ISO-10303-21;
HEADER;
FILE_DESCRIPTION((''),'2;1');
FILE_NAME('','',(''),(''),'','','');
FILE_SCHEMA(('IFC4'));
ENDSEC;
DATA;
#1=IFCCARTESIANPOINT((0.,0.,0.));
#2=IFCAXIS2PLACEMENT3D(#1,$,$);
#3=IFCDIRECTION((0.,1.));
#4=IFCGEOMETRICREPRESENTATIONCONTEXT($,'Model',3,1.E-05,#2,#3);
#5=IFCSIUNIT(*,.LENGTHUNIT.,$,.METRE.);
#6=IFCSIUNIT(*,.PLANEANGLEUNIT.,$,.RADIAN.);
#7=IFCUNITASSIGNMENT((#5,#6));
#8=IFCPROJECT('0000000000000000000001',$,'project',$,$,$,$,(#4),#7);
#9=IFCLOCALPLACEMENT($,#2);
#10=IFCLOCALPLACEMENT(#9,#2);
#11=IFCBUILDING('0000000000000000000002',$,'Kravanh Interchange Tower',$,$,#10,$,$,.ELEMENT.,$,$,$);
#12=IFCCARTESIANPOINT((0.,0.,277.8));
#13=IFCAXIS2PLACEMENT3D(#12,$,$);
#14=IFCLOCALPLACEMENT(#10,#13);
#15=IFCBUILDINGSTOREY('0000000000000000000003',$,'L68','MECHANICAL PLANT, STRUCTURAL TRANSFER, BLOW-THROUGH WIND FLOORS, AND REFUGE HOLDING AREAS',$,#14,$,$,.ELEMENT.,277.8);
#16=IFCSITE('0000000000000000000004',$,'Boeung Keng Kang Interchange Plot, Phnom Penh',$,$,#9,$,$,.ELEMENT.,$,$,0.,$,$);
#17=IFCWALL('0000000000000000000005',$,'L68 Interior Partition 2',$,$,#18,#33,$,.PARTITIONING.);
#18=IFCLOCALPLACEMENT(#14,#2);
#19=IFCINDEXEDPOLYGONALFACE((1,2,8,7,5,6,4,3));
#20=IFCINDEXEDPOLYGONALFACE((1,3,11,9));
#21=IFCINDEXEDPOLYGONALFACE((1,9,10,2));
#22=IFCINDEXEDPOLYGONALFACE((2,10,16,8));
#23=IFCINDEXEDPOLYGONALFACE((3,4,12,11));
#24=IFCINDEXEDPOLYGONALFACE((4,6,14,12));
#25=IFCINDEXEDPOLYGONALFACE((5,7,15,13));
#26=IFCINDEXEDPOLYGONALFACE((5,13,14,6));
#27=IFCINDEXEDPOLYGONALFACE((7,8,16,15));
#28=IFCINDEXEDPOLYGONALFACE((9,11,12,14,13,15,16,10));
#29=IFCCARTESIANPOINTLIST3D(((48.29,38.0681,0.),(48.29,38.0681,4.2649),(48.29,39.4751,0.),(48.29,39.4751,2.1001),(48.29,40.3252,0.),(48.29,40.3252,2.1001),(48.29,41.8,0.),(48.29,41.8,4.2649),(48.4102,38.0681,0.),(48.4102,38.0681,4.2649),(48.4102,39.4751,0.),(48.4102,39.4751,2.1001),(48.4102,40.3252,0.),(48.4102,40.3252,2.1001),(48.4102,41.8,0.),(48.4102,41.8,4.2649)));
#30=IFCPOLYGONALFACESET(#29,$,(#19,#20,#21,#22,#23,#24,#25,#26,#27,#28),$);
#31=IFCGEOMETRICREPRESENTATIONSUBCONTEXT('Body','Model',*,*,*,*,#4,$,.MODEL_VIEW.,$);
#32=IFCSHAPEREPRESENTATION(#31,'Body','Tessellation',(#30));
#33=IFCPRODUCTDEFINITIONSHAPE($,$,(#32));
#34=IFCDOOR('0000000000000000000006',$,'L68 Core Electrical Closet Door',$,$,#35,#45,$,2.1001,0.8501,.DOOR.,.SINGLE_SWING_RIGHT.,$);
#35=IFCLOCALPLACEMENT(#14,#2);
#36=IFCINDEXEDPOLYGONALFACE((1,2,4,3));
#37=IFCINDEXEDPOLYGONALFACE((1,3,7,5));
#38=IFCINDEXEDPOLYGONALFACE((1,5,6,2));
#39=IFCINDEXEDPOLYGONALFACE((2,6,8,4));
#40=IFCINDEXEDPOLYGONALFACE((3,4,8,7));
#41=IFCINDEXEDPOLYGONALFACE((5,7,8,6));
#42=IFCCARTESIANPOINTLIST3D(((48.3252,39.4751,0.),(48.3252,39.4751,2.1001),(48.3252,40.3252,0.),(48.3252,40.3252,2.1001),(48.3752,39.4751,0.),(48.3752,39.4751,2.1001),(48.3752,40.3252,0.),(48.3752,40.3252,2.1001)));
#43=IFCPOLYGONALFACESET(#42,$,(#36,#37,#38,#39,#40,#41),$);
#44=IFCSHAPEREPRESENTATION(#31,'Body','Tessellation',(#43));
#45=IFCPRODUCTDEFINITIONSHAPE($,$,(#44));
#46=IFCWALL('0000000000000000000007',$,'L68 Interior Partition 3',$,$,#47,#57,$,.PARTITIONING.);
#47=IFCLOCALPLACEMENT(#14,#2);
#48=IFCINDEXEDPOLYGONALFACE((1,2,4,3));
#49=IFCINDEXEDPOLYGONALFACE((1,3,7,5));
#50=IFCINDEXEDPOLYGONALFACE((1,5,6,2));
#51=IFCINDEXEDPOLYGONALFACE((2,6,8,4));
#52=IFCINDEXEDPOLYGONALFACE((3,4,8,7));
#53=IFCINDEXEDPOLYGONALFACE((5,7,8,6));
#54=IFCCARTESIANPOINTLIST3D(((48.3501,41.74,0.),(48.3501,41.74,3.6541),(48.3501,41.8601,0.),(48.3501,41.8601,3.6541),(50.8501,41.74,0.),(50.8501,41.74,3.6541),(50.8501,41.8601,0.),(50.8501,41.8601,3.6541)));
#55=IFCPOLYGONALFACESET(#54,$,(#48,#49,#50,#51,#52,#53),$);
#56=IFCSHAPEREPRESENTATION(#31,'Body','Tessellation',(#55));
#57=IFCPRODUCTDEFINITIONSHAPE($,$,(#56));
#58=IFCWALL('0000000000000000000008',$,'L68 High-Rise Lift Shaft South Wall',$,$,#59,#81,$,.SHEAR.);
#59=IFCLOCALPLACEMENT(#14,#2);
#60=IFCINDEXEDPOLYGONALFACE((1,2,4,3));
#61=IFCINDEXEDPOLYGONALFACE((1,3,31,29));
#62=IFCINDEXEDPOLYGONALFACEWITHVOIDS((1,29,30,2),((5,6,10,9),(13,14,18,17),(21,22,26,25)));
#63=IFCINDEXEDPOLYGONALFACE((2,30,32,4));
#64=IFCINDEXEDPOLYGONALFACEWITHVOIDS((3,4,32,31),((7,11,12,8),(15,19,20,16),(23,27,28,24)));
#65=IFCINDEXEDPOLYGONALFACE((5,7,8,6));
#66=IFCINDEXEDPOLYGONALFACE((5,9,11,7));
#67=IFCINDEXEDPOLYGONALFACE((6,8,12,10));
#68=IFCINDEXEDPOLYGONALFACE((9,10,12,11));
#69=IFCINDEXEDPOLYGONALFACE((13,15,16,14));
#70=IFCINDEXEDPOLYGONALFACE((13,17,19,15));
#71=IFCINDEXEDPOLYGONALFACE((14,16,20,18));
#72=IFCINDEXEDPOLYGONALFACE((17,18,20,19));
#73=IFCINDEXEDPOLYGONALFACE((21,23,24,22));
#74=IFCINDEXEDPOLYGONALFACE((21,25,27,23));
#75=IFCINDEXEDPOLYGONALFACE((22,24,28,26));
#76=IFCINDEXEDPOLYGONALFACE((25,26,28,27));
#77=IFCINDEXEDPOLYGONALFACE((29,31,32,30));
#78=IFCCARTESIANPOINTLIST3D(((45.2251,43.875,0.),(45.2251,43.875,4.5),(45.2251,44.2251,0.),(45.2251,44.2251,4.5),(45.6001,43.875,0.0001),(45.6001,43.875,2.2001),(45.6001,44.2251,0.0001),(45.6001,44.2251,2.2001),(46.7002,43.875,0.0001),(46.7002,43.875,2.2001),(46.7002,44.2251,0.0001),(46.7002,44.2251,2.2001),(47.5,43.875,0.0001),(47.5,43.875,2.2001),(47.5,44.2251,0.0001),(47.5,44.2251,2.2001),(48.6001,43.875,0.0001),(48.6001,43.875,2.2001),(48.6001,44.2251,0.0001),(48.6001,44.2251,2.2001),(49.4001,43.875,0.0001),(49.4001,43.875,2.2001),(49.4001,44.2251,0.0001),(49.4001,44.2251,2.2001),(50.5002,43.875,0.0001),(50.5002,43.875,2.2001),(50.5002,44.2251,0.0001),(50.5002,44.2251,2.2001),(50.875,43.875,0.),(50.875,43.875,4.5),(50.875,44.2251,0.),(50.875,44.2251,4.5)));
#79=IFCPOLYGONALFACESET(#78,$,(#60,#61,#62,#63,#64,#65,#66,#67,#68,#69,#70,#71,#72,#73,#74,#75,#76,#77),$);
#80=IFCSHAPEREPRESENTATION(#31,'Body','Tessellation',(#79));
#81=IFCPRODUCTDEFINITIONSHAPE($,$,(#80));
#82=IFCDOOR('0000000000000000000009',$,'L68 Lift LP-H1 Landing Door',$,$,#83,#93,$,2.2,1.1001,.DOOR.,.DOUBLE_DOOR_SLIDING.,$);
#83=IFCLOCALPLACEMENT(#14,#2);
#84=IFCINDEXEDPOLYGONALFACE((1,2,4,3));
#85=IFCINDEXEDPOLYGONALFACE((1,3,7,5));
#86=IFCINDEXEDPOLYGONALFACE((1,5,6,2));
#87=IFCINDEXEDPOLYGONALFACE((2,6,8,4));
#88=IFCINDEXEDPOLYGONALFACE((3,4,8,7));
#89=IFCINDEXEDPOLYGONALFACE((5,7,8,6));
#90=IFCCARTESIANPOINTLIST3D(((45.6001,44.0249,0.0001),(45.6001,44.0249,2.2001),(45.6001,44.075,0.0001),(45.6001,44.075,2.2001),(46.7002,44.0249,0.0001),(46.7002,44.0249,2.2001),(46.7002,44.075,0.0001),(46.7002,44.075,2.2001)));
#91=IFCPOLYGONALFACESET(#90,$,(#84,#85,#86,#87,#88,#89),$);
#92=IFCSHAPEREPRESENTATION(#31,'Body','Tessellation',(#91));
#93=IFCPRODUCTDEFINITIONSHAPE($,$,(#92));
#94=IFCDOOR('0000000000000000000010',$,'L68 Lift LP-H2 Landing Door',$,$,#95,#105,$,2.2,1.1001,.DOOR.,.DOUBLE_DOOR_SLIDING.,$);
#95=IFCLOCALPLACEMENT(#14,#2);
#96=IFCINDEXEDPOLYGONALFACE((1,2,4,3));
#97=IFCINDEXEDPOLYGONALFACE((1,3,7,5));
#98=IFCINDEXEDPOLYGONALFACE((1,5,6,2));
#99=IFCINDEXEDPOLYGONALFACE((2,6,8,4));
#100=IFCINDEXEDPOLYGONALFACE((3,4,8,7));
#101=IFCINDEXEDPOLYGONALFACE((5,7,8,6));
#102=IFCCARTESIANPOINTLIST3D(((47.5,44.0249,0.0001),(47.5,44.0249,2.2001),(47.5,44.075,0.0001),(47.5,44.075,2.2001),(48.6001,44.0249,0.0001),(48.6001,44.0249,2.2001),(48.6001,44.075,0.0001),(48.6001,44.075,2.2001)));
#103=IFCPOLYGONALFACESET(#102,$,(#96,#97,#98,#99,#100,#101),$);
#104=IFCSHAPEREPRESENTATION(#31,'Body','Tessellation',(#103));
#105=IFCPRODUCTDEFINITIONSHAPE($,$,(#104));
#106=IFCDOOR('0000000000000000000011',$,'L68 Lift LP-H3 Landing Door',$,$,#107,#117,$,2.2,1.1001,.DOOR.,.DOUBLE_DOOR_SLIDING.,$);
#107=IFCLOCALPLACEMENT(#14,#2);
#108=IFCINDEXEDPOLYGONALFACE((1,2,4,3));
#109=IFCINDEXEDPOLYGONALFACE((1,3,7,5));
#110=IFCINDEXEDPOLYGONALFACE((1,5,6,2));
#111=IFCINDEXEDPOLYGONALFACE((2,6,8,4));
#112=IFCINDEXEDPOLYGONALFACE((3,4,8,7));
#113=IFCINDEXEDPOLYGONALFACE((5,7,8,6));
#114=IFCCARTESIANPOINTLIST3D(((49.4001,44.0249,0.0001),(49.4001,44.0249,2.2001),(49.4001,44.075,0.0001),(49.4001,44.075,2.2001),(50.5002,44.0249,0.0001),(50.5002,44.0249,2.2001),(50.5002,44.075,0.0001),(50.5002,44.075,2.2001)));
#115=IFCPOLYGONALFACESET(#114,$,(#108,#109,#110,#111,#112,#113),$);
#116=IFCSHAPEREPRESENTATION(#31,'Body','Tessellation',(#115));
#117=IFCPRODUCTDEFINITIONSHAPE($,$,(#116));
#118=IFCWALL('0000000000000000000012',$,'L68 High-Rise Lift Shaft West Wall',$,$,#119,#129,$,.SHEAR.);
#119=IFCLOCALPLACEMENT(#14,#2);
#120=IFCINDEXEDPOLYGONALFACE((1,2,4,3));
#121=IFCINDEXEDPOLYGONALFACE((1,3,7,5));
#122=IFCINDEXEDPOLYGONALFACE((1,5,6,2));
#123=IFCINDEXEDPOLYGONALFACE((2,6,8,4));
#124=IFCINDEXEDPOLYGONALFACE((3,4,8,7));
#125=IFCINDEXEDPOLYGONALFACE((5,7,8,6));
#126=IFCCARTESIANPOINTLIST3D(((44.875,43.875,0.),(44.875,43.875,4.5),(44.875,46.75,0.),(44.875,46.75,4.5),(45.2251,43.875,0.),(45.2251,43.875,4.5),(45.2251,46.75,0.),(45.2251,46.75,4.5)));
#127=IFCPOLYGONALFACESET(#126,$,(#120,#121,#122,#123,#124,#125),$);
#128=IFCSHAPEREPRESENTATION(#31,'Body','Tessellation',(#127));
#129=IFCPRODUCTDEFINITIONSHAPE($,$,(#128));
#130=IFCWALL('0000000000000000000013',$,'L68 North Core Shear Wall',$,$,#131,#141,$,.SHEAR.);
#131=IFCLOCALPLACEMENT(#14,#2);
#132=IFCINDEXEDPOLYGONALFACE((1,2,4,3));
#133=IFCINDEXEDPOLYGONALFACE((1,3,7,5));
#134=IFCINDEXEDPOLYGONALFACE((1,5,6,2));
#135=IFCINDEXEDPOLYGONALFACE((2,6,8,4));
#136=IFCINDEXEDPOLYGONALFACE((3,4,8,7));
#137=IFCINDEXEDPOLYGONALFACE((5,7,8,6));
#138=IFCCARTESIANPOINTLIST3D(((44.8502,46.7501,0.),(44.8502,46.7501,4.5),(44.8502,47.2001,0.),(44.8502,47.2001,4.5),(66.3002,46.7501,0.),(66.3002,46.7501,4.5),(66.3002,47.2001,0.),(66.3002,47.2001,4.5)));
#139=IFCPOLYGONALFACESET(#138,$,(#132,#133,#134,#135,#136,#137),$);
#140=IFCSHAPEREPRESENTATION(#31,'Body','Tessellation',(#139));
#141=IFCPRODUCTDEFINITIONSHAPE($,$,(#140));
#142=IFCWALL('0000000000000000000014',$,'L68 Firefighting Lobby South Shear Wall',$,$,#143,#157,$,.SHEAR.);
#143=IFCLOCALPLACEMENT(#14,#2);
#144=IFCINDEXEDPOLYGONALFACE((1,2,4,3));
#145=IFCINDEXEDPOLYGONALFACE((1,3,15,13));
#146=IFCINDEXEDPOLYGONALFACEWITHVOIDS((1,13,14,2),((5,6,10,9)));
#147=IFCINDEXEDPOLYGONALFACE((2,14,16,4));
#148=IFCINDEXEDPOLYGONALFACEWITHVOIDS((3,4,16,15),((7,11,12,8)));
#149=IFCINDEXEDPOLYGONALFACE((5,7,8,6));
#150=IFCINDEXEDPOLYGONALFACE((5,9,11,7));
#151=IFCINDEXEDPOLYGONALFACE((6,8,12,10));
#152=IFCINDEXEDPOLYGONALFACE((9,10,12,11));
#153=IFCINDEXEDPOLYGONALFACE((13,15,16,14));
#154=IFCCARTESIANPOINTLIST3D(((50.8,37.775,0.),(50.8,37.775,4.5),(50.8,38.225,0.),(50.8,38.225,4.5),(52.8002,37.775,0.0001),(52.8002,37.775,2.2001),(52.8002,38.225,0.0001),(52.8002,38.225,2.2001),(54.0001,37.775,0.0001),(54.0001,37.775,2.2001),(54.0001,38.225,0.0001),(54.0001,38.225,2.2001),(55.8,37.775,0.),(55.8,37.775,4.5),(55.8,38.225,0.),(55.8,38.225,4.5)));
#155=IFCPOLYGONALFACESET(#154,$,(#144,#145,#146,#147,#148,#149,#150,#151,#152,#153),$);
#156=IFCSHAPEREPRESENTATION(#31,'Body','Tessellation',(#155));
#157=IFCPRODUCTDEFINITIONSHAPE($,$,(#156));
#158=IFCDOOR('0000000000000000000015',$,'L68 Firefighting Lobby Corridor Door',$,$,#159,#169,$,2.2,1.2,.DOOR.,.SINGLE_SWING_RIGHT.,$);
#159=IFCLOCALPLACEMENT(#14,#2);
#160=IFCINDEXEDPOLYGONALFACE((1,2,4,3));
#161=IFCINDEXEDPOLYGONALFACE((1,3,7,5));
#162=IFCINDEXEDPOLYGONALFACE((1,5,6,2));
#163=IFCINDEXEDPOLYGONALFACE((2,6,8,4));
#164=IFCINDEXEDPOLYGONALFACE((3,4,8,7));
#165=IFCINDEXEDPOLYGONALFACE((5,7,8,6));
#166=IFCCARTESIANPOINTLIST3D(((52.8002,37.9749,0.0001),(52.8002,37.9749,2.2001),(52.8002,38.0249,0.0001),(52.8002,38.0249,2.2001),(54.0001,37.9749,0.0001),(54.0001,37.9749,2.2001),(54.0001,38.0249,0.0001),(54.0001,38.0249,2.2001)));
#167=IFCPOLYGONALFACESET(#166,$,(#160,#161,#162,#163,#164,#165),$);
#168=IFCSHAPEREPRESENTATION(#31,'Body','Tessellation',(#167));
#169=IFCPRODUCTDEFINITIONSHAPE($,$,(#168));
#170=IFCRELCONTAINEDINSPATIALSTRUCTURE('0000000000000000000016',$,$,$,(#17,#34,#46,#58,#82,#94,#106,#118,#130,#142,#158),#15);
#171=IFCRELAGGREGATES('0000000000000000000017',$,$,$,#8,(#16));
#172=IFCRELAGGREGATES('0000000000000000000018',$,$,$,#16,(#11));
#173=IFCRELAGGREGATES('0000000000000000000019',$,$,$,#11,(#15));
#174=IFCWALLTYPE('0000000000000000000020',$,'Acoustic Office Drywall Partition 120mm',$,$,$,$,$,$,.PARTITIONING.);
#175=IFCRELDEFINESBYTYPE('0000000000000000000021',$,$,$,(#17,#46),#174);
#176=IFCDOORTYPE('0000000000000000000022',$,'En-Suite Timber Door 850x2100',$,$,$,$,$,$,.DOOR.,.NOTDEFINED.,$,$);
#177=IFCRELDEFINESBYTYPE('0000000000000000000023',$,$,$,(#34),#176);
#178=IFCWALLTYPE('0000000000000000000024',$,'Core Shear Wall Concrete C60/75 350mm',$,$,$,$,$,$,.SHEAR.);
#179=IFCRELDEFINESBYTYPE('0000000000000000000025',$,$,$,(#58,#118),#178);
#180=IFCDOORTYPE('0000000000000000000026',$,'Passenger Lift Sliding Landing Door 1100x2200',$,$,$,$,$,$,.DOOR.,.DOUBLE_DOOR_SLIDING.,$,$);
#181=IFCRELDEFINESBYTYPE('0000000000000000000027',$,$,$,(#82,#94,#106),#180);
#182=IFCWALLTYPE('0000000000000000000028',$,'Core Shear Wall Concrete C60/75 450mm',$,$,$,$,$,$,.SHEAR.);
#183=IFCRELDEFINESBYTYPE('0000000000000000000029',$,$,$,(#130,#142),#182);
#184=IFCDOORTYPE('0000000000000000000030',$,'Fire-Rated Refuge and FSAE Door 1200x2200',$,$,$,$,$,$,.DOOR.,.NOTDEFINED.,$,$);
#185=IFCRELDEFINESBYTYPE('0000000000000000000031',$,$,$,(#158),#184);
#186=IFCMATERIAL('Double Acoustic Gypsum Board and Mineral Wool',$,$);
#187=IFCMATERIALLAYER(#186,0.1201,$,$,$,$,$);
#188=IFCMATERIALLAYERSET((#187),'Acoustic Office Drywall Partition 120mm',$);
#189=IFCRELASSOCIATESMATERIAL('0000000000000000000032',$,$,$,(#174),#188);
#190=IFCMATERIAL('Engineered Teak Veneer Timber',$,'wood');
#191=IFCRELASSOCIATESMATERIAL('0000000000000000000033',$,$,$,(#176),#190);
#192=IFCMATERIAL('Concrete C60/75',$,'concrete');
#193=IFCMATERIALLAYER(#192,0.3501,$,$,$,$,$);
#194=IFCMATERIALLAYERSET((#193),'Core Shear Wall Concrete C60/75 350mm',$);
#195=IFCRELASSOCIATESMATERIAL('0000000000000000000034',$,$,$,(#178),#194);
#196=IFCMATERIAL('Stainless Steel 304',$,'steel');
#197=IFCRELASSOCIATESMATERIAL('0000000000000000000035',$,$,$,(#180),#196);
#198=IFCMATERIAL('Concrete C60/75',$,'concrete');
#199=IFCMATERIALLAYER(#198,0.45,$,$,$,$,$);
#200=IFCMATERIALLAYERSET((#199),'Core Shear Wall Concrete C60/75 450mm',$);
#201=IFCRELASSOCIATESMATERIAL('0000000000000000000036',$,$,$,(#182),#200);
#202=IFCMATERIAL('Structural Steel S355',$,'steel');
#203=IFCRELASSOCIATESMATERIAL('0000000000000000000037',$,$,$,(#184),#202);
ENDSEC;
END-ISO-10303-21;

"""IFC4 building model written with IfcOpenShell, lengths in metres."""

from ifc_helpers import new_model, si_unit, direction, frame, frame_2d, origin, place, context, subcontext, project, spatial, rectangle, extrude, material, layer, layer_set, type_object, element, fill, save


model = new_model("IFC4")

# Units and contexts
model_context = context("Model", 3, precision=1e-05, world=origin(), true_north=direction((0.0, 1.0)))
body_context = subcontext(model_context, "Body", "Model", "MODEL_VIEW")
ifc_project = project(units=[si_unit("LENGTHUNIT", "METRE"), si_unit("PLANEANGLEUNIT", "RADIAN")], contexts=[model_context])

# Site, building, storey
site_placement = place(None, origin())
site = spatial("IfcSite", under=ifc_project, at=site_placement, Name="Boeung Keng Kang Interchange Plot, Phnom Penh", CompositionType="ELEMENT", RefElevation=0.0)
building_placement = place(site_placement, origin())
building = spatial("IfcBuilding", under=site, at=building_placement, Name="Kravanh Interchange Tower", CompositionType="ELEMENT")
storey_placement = place(building_placement, frame((0.0, 0.0, 277.8)))
storey = spatial("IfcBuildingStorey", under=building, at=storey_placement, Name="L68", Description="MECHANICAL PLANT, STRUCTURAL TRANSFER, BLOW-THROUGH WIND FLOORS, AND REFUGE HOLDING AREAS", CompositionType="ELEMENT", Elevation=277.8)

# Wall, opening, door
ifc_material_1 = material(Name="Double Acoustic Gypsum Board and Mineral Wool")
ifc_layer_1 = layer(ifc_material_1, 0.1201)
ifc_layer_set_1 = layer_set([ifc_layer_1], Name="Acoustic Office Drywall Partition 120mm")
wall_type_1 = type_object("IfcWallType", Name="Acoustic Office Drywall Partition 120mm", PredefinedType="PARTITIONING", material=ifc_layer_set_1)
wall_1_placement = place(storey_placement, frame((48.3501, 38.0681, 0.0), z_axis=(0.0, 0.0, 1.0), x_axis=(0.0, 1.0, 0.0)))
wall_1 = element("IfcWall", 1, at=wall_1_placement, inside=storey, type_object=wall_type_1, Name="L68 Interior Partition 2", PredefinedType="PARTITIONING", context=body_context, shape_type="SweptSolid", body=[
    extrude(rectangle(XDim=3.7319, YDim=0.1201, at=frame_2d((1.866, 0.0))), origin(), (0.0, 0.0, 1.0), 4.2649),
])
opening_1_placement = place(wall_1_placement, frame((1.407, 0.0, 0.0)))
opening_1 = element("IfcOpeningElement", 2, at=opening_1_placement, cuts=wall_1, PredefinedType="OPENING", context=body_context, shape_type="SweptSolid", body=[
    extrude(rectangle(XDim=0.8501, YDim=2.1001, at=frame_2d((0.425, 1.05))), frame((0.0, 0.0701, 0.0), z_axis=(0.0, -1.0, 0.0), x_axis=(1.0, 0.0, 0.0)), (0.0, 0.0, 1.0), 0.1401),
])
ifc_material_2 = material(Name="Engineered Teak Veneer Timber", Category="wood")
door_type_1 = type_object("IfcDoorType", Name="En-Suite Timber Door 850x2100", OperationType="NOTDEFINED", PredefinedType="DOOR", material=ifc_material_2)
door_1_placement = place(opening_1_placement, origin())
door_1 = element("IfcDoor", 3, at=door_1_placement, inside=storey, type_object=door_type_1, Name="L68 Core Electrical Closet Door", OperationType="SINGLE_SWING_RIGHT", OverallHeight=2.1001, OverallWidth=0.8501, PredefinedType="DOOR", context=body_context, shape_type="SweptSolid", body=[
    extrude(rectangle(XDim=0.8501, YDim=2.1001, at=frame_2d((0.425, 1.05))), frame((0.0, 0.0249, 0.0), z_axis=(0.0, -1.0, 0.0), x_axis=(1.0, 0.0, 0.0)), (0.0, 0.0, 1.0), 0.05),
])
fill(opening_1, door_1)

# Wall
wall_2_placement = place(storey_placement, frame((48.3501, 41.8, 0.0), z_axis=(0.0, 0.0, 1.0), x_axis=(1.0, 0.0, 0.0)))
element("IfcWall", 4, at=wall_2_placement, inside=storey, type_object=wall_type_1, Name="L68 Interior Partition 3", PredefinedType="PARTITIONING", context=body_context, shape_type="SweptSolid", body=[
    extrude(rectangle(XDim=2.5, YDim=0.1201, at=frame_2d((1.25, 0.0))), origin(), (0.0, 0.0, 1.0), 3.6541),
])

# Wall, openings, doors
ifc_material_3 = material(Name="Concrete C60/75", Category="concrete")
ifc_layer_2 = layer(ifc_material_3, 0.3501)
ifc_layer_set_2 = layer_set([ifc_layer_2], Name="Core Shear Wall Concrete C60/75 350mm")
wall_type_2 = type_object("IfcWallType", Name="Core Shear Wall Concrete C60/75 350mm", PredefinedType="SHEAR", material=ifc_layer_set_2)
wall_3_placement = place(storey_placement, frame((45.2251, 44.05, 0.0), z_axis=(0.0, 0.0, 1.0), x_axis=(1.0, 0.0, 0.0)))
wall_3 = element("IfcWall", 5, at=wall_3_placement, inside=storey, type_object=wall_type_2, Name="L68 High-Rise Lift Shaft South Wall", PredefinedType="SHEAR", context=body_context, shape_type="SweptSolid", body=[
    extrude(rectangle(XDim=5.6499, YDim=0.3501, at=frame_2d((2.825, 0.0))), origin(), (0.0, 0.0, 1.0), 4.5),
])
opening_2_placement = place(wall_3_placement, frame((0.375, 0.0, 0.0)))
opening_2 = element("IfcOpeningElement", 6, at=opening_2_placement, cuts=wall_3, PredefinedType="OPENING", context=body_context, shape_type="SweptSolid", body=[
    extrude(rectangle(XDim=1.1001, YDim=2.2, at=frame_2d((0.55, 1.1001))), frame((0.0, 0.1851, 0.0), z_axis=(0.0, -1.0, 0.0), x_axis=(1.0, 0.0, 0.0)), (0.0, 0.0, 1.0), 0.3701),
])
opening_3_placement = place(wall_3_placement, frame((2.2749, 0.0, 0.0)))
opening_3 = element("IfcOpeningElement", 7, at=opening_3_placement, cuts=wall_3, PredefinedType="OPENING", context=body_context, shape_type="SweptSolid", body=[
    extrude(rectangle(XDim=1.1001, YDim=2.2, at=frame_2d((0.55, 1.1001))), frame((0.0, 0.1851, 0.0), z_axis=(0.0, -1.0, 0.0), x_axis=(1.0, 0.0, 0.0)), (0.0, 0.0, 1.0), 0.3701),
])
opening_4_placement = place(wall_3_placement, frame((4.175, 0.0, 0.0)))
opening_4 = element("IfcOpeningElement", 8, at=opening_4_placement, cuts=wall_3, PredefinedType="OPENING", context=body_context, shape_type="SweptSolid", body=[
    extrude(rectangle(XDim=1.1001, YDim=2.2, at=frame_2d((0.55, 1.1001))), frame((0.0, 0.1851, 0.0), z_axis=(0.0, -1.0, 0.0), x_axis=(1.0, 0.0, 0.0)), (0.0, 0.0, 1.0), 0.3701),
])
ifc_material_4 = material(Name="Stainless Steel 304", Category="steel")
door_type_2 = type_object("IfcDoorType", Name="Passenger Lift Sliding Landing Door 1100x2200", OperationType="DOUBLE_DOOR_SLIDING", PredefinedType="DOOR", material=ifc_material_4)
door_2_placement = place(opening_2_placement, origin())
door_2 = element("IfcDoor", 9, at=door_2_placement, inside=storey, type_object=door_type_2, Name="L68 Lift LP-H1 Landing Door", OperationType="DOUBLE_DOOR_SLIDING", OverallHeight=2.2, OverallWidth=1.1001, PredefinedType="DOOR", context=body_context, shape_type="SweptSolid", body=[
    extrude(rectangle(XDim=1.1001, YDim=2.2, at=frame_2d((0.55, 1.1001))), frame((0.0, 0.0249, 0.0), z_axis=(0.0, -1.0, 0.0), x_axis=(1.0, 0.0, 0.0)), (0.0, 0.0, 1.0), 0.05),
])
fill(opening_2, door_2)
door_3_placement = place(opening_3_placement, origin())
door_3 = element("IfcDoor", 10, at=door_3_placement, inside=storey, type_object=door_type_2, Name="L68 Lift LP-H2 Landing Door", OperationType="DOUBLE_DOOR_SLIDING", OverallHeight=2.2, OverallWidth=1.1001, PredefinedType="DOOR", context=body_context, shape_type="SweptSolid", body=[
    extrude(rectangle(XDim=1.1001, YDim=2.2, at=frame_2d((0.55, 1.1001))), frame((0.0, 0.0249, 0.0), z_axis=(0.0, -1.0, 0.0), x_axis=(1.0, 0.0, 0.0)), (0.0, 0.0, 1.0), 0.05),
])
fill(opening_3, door_3)
door_4_placement = place(opening_4_placement, origin())
door_4 = element("IfcDoor", 11, at=door_4_placement, inside=storey, type_object=door_type_2, Name="L68 Lift LP-H3 Landing Door", OperationType="DOUBLE_DOOR_SLIDING", OverallHeight=2.2, OverallWidth=1.1001, PredefinedType="DOOR", context=body_context, shape_type="SweptSolid", body=[
    extrude(rectangle(XDim=1.1001, YDim=2.2, at=frame_2d((0.55, 1.1001))), frame((0.0, 0.0249, 0.0), z_axis=(0.0, -1.0, 0.0), x_axis=(1.0, 0.0, 0.0)), (0.0, 0.0, 1.0), 0.05),
])
fill(opening_4, door_4)

# Walls
wall_4_placement = place(storey_placement, frame((45.05, 43.875, 0.0), z_axis=(0.0, 0.0, 1.0), x_axis=(0.0, 1.0, 0.0)))
element("IfcWall", 12, at=wall_4_placement, inside=storey, type_object=wall_type_2, Name="L68 High-Rise Lift Shaft West Wall", PredefinedType="SHEAR", context=body_context, shape_type="SweptSolid", body=[
    extrude(rectangle(XDim=2.875, YDim=0.3501, at=frame_2d((1.4375, 0.0))), origin(), (0.0, 0.0, 1.0), 4.5),
])
ifc_material_5 = material(Name="Concrete C60/75", Category="concrete")
ifc_layer_3 = layer(ifc_material_5, 0.45)
ifc_layer_set_3 = layer_set([ifc_layer_3], Name="Core Shear Wall Concrete C60/75 450mm")
wall_type_3 = type_object("IfcWallType", Name="Core Shear Wall Concrete C60/75 450mm", PredefinedType="SHEAR", material=ifc_layer_set_3)
wall_5_placement = place(storey_placement, frame((44.8501, 46.9751, 0.0), z_axis=(0.0, 0.0, 1.0), x_axis=(1.0, 0.0, 0.0)))
element("IfcWall", 13, at=wall_5_placement, inside=storey, type_object=wall_type_3, Name="L68 North Core Shear Wall", PredefinedType="SHEAR", context=body_context, shape_type="SweptSolid", body=[
    extrude(rectangle(XDim=21.45, YDim=0.45, at=frame_2d((10.7251, 0.0))), origin(), (0.0, 0.0, 1.0), 4.5),
])

# Wall, opening, door
wall_6_placement = place(storey_placement, frame((50.8, 38.0, 0.0), z_axis=(0.0, 0.0, 1.0), x_axis=(1.0, 0.0, 0.0)))
wall_6 = element("IfcWall", 14, at=wall_6_placement, inside=storey, type_object=wall_type_3, Name="L68 Firefighting Lobby South Shear Wall", PredefinedType="SHEAR", context=body_context, shape_type="SweptSolid", body=[
    extrude(rectangle(XDim=5.0, YDim=0.45, at=frame_2d((2.5, 0.0))), origin(), (0.0, 0.0, 1.0), 4.5),
])
opening_5_placement = place(wall_6_placement, frame((2.0, 0.0, 0.0)))
opening_5 = element("IfcOpeningElement", 15, at=opening_5_placement, cuts=wall_6, PredefinedType="OPENING", context=body_context, shape_type="SweptSolid", body=[
    extrude(rectangle(XDim=1.2, YDim=2.2, at=frame_2d((0.6001, 1.1001))), frame((0.0, 0.2349, 0.0), z_axis=(0.0, -1.0, 0.0), x_axis=(1.0, 0.0, 0.0)), (0.0, 0.0, 1.0), 0.47),
])
ifc_material_6 = material(Name="Structural Steel S355", Category="steel")
door_type_3 = type_object("IfcDoorType", Name="Fire-Rated Refuge and FSAE Door 1200x2200", OperationType="NOTDEFINED", PredefinedType="DOOR", material=ifc_material_6)
door_5_placement = place(opening_5_placement, origin())
door_5 = element("IfcDoor", 16, at=door_5_placement, inside=storey, type_object=door_type_3, Name="L68 Firefighting Lobby Corridor Door", OperationType="SINGLE_SWING_RIGHT", OverallHeight=2.2, OverallWidth=1.2, PredefinedType="DOOR", context=body_context, shape_type="SweptSolid", body=[
    extrude(rectangle(XDim=1.2, YDim=2.2, at=frame_2d((0.6001, 1.1001))), frame((0.0, 0.0249, 0.0), z_axis=(0.0, -1.0, 0.0), x_axis=(1.0, 0.0, 0.0)), (0.0, 0.0, 1.0), 0.05),
])
fill(opening_5, door_5)

save(model, "model.ifc")
